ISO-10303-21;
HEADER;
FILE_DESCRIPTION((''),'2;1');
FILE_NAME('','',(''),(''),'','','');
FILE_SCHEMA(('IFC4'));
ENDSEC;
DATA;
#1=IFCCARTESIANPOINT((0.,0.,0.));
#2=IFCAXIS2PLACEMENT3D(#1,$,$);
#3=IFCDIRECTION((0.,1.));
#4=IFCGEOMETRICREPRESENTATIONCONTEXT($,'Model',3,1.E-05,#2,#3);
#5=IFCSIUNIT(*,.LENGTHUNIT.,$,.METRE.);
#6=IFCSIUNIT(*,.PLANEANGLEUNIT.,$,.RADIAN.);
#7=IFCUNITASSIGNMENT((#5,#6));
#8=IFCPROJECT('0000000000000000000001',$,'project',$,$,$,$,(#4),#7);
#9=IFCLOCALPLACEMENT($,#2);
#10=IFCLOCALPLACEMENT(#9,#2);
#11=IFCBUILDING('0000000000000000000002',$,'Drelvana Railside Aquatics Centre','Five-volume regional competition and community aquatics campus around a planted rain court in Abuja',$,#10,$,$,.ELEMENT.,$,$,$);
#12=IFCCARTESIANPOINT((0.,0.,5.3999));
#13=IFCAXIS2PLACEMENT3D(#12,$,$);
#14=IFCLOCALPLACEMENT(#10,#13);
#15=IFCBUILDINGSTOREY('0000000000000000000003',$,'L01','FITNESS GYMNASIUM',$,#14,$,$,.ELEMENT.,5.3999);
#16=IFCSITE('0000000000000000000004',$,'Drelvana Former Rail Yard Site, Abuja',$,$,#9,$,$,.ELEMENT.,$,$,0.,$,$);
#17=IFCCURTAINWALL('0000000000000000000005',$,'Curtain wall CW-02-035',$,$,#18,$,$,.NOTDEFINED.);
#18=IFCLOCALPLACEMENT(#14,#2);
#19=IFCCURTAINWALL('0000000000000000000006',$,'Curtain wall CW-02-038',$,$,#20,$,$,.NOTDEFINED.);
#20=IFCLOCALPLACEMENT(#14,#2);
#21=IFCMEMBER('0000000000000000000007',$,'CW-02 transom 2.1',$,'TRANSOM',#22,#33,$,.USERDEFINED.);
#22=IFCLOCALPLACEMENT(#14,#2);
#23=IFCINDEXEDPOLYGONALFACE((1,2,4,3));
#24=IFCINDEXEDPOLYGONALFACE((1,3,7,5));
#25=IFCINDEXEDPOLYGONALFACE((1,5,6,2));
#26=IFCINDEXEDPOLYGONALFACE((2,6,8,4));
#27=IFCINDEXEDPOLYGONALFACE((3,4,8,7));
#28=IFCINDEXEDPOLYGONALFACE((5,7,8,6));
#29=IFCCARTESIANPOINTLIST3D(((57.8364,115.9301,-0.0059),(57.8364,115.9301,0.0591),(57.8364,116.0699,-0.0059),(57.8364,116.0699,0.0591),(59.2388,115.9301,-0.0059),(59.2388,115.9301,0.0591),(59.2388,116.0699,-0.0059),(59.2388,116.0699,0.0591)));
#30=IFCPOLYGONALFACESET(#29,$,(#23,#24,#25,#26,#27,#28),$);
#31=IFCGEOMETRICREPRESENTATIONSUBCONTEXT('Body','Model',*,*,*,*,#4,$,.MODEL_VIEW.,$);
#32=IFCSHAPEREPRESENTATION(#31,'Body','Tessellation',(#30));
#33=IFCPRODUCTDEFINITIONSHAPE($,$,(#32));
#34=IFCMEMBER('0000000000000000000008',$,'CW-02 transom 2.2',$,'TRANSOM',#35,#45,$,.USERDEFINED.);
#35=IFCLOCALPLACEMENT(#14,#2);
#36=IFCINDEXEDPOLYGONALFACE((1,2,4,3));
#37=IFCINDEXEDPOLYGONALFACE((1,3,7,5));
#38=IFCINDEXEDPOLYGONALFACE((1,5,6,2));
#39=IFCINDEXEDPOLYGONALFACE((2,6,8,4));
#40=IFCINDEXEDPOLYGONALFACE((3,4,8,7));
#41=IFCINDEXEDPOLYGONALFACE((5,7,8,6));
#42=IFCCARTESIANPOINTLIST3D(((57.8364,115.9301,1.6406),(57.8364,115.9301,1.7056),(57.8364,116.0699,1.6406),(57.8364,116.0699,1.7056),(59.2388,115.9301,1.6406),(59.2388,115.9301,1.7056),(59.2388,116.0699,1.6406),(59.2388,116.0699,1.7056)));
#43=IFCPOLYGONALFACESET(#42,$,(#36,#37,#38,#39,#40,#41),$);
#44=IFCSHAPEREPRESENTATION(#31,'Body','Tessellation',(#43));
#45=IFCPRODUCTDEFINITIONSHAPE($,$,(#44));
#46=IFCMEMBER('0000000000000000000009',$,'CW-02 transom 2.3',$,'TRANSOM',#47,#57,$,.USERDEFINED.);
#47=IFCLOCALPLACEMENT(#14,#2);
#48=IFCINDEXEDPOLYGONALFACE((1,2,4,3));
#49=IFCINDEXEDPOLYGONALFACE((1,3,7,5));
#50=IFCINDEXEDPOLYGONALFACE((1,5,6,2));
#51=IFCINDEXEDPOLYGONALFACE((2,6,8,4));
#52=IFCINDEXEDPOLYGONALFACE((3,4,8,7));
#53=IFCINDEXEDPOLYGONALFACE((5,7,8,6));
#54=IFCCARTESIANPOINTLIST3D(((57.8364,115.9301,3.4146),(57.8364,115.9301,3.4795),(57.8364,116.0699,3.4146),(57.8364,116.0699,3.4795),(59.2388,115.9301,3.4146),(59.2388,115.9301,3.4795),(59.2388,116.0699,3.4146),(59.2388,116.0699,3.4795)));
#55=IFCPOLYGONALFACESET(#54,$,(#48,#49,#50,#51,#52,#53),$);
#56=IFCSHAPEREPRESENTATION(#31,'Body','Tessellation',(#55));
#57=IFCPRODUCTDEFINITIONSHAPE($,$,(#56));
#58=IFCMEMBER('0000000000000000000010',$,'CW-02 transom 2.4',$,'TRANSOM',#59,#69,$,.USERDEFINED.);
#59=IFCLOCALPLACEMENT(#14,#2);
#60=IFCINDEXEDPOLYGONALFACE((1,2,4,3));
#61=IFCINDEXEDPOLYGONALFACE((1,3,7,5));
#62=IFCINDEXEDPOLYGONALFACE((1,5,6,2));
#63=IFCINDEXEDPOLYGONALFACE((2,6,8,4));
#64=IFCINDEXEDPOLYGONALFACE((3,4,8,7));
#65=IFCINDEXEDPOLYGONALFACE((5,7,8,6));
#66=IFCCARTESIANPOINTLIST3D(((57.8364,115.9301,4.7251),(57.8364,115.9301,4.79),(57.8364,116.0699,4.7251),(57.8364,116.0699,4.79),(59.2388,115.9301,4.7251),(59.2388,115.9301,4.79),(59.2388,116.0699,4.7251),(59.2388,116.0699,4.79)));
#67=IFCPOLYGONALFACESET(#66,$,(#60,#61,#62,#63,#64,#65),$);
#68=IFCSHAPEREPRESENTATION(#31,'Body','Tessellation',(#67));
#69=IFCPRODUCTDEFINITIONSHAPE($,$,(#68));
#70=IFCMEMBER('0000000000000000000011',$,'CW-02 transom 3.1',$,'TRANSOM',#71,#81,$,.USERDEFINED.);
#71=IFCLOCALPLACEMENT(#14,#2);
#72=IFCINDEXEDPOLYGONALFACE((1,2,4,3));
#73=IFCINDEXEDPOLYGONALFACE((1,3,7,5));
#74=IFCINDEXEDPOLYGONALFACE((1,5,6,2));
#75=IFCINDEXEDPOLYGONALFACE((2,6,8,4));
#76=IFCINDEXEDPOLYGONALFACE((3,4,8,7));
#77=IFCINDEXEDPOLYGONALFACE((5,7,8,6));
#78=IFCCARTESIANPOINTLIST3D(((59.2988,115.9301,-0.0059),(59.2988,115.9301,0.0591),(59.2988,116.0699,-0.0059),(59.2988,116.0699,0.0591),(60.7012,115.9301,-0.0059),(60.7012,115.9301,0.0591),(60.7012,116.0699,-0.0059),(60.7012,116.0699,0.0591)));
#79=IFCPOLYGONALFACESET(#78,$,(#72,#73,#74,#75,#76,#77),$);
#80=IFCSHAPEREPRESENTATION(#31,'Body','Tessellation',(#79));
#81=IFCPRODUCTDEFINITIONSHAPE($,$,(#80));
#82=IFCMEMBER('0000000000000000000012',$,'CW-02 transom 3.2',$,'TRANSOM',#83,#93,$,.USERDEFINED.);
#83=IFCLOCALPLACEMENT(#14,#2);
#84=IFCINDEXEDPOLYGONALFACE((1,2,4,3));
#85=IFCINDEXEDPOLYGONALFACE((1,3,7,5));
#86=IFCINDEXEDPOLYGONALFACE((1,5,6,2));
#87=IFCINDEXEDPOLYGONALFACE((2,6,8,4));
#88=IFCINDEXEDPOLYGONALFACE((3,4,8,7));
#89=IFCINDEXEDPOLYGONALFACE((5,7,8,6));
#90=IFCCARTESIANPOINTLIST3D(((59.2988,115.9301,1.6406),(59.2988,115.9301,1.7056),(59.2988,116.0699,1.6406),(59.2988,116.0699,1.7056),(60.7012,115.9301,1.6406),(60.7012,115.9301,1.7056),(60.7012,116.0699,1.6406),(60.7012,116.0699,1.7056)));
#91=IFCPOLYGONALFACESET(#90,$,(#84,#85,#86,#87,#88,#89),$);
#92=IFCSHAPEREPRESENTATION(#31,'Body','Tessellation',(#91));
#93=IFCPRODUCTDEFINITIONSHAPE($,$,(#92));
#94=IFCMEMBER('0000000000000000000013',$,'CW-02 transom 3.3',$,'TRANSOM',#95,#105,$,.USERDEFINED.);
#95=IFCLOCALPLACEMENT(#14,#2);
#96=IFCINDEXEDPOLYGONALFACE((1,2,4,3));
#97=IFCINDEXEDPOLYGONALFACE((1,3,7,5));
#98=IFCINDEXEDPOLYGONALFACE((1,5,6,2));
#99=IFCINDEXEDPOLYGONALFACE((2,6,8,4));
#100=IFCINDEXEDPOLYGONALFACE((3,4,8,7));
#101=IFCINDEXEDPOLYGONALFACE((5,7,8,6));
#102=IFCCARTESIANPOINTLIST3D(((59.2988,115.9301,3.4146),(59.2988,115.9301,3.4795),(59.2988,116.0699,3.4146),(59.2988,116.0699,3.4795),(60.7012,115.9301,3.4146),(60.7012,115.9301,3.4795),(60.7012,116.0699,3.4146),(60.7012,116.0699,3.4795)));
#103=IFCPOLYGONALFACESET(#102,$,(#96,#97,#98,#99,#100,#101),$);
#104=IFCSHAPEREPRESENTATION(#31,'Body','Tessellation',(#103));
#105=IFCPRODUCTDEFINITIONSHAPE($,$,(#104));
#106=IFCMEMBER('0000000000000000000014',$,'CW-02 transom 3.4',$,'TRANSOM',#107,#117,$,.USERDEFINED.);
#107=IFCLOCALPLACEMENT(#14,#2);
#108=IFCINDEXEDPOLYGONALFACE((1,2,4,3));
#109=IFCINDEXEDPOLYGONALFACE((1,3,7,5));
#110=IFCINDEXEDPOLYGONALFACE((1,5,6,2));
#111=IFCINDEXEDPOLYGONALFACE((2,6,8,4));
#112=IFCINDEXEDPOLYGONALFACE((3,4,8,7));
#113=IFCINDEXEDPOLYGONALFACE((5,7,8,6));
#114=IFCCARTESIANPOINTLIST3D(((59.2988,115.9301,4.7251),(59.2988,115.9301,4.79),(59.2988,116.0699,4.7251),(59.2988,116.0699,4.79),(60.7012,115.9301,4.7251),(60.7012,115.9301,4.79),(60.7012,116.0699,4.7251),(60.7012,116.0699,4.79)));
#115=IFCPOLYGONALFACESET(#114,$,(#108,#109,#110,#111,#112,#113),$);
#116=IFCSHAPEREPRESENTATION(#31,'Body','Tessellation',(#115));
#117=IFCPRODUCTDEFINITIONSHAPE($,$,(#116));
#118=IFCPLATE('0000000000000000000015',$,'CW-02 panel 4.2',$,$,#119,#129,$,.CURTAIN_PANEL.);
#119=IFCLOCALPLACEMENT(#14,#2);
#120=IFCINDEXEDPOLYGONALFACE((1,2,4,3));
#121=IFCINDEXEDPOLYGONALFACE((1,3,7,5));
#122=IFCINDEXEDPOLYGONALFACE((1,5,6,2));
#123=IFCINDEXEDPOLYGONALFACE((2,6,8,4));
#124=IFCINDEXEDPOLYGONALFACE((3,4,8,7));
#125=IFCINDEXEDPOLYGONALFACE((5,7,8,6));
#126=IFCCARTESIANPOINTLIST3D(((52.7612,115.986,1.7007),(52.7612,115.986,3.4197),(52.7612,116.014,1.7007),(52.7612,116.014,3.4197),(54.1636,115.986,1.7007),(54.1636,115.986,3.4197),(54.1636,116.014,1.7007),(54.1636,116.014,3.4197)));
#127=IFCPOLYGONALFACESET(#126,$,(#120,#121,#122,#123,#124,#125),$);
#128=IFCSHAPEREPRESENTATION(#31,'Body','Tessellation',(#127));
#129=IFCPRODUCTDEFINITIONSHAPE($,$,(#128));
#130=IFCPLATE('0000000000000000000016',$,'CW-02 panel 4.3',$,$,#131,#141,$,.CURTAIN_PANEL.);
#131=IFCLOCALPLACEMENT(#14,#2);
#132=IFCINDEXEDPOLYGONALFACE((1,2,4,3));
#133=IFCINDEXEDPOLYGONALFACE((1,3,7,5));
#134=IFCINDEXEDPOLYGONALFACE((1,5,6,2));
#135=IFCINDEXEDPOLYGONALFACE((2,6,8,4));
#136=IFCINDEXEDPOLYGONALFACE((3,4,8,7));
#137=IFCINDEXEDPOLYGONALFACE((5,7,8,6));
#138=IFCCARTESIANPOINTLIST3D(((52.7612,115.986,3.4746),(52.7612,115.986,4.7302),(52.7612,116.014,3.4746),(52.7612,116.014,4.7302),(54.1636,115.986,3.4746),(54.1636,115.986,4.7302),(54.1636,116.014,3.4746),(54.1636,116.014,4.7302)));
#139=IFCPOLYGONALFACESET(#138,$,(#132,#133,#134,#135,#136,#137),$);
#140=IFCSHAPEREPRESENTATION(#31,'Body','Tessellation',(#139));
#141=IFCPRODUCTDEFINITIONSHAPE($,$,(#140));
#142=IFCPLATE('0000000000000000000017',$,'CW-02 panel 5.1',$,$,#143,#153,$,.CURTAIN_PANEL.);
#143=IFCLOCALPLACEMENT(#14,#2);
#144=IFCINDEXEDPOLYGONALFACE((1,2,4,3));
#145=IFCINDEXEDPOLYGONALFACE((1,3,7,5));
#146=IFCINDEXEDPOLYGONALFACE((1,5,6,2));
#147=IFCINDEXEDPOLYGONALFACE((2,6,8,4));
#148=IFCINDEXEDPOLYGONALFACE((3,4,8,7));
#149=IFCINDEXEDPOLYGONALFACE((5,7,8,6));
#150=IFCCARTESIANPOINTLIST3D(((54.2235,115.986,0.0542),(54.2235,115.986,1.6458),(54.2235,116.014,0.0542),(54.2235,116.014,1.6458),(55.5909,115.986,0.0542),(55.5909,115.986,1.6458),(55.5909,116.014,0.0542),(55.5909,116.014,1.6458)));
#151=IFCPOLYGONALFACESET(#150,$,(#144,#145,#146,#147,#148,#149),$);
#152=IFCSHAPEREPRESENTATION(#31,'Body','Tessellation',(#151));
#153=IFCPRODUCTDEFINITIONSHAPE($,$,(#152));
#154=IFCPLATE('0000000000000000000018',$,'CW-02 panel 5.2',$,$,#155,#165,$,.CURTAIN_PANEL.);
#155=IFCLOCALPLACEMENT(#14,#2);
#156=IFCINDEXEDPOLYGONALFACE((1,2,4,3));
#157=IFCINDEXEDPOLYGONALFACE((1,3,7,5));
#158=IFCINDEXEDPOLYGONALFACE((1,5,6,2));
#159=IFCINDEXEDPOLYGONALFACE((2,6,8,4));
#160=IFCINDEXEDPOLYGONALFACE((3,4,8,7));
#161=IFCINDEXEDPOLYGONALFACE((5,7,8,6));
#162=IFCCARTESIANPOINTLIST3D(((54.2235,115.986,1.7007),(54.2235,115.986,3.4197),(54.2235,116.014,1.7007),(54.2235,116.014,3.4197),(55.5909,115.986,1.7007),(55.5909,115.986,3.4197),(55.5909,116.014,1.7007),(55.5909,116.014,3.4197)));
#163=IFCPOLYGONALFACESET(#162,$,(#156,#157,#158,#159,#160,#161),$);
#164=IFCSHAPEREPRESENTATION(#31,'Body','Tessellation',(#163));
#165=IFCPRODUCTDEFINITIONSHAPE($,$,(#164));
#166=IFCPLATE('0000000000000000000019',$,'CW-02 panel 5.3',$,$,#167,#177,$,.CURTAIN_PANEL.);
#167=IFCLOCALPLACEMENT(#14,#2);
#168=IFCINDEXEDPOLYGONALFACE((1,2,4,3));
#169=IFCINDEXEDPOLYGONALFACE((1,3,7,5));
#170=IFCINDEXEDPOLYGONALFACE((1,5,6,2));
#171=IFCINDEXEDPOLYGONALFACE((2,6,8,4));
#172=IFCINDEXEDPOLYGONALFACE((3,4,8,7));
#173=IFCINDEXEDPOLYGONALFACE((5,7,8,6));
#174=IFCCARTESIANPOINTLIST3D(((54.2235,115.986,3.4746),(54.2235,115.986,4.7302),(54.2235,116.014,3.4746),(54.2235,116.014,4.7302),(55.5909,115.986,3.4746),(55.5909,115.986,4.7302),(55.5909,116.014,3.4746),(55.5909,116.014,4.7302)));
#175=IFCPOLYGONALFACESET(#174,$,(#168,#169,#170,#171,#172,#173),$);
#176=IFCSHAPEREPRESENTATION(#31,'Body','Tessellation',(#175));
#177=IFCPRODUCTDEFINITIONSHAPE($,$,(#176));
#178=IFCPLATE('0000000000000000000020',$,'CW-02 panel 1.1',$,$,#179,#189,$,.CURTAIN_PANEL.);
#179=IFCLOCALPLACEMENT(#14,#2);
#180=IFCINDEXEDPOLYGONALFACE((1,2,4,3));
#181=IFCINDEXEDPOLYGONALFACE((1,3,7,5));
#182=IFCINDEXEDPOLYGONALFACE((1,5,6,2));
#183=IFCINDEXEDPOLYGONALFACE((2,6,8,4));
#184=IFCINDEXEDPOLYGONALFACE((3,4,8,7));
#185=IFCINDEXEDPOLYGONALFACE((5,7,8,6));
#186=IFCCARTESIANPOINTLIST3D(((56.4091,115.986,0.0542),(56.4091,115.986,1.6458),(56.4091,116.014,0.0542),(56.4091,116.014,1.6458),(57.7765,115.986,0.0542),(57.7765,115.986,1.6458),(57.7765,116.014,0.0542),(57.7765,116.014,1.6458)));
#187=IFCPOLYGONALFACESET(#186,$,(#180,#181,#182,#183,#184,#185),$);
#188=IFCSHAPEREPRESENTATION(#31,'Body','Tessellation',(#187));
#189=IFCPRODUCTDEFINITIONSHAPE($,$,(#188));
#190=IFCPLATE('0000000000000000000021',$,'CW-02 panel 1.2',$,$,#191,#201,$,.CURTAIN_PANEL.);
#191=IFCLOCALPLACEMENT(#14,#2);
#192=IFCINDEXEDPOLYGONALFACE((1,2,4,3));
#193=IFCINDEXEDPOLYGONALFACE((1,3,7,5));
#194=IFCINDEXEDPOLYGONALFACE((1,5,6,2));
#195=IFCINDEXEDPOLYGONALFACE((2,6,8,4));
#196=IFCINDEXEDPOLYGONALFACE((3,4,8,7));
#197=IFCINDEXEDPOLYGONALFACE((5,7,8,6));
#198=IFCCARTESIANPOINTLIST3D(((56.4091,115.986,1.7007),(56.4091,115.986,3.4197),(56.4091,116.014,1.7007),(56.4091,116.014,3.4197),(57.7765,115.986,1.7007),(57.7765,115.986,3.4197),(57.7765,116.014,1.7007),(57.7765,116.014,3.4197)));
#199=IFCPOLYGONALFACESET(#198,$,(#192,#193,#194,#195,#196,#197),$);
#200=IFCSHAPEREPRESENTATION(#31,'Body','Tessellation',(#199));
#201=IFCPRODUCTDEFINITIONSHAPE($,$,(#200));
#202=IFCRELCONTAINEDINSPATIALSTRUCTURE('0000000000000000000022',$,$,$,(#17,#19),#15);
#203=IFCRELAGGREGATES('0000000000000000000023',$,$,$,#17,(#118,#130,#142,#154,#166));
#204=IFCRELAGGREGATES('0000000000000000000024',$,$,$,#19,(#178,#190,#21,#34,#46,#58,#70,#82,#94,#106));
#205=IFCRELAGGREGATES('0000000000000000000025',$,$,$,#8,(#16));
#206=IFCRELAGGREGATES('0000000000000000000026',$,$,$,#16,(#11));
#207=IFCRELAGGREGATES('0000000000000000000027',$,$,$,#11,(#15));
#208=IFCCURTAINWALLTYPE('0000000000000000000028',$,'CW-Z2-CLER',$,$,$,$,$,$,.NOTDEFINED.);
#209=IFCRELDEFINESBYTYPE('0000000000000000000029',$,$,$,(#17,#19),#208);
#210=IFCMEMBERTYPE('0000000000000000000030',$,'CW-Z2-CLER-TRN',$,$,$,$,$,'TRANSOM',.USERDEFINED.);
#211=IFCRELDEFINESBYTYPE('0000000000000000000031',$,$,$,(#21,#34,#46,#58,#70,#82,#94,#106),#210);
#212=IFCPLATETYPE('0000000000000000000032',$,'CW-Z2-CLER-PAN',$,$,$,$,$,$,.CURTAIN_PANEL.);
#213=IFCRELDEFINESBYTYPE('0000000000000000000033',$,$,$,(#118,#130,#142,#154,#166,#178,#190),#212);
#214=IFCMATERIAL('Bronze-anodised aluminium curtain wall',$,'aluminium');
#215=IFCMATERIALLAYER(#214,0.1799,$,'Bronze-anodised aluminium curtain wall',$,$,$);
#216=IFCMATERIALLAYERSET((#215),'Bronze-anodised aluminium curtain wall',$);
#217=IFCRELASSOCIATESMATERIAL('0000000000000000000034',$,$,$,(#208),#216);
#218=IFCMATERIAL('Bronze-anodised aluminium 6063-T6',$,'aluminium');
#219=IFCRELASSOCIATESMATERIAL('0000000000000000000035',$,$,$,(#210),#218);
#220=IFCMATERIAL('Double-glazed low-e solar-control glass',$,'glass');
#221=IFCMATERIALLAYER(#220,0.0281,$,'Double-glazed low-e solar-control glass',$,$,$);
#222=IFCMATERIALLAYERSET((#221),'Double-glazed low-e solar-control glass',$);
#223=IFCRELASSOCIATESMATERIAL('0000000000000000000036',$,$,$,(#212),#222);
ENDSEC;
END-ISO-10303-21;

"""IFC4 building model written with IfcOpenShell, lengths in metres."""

from ifc_helpers import new_model, si_unit, direction, frame, origin, origin_2d, place, context, subcontext, project, spatial, rectangle, extrude, material, layer, layer_set, material_profile, profile_set, type_object, element, aggregate, save


model = new_model("IFC4")

# Units and contexts
model_context = context("Model", 3, precision=1e-05, world=origin(), true_north=direction((0.0, 1.0)))
body_context = subcontext(model_context, "Body", "Model", "MODEL_VIEW")
ifc_project = project(units=[si_unit("LENGTHUNIT", "METRE"), si_unit("PLANEANGLEUNIT", "RADIAN")], contexts=[model_context])

# Site, building, storey
site_placement = place(None, origin())
site = spatial("IfcSite", under=ifc_project, at=site_placement, Name="Drelvana Former Rail Yard Site, Abuja", CompositionType="ELEMENT", RefElevation=0.0)
building_placement = place(site_placement, origin())
building = spatial("IfcBuilding", under=site, at=building_placement, Name="Drelvana Railside Aquatics Centre", Description="Five-volume regional competition and community aquatics campus around a planted rain court in Abuja", CompositionType="ELEMENT")
storey_placement = place(building_placement, frame((0.0, 0.0, 5.3999)))
storey = spatial("IfcBuildingStorey", under=building, at=storey_placement, Name="L01", Description="FITNESS GYMNASIUM", CompositionType="ELEMENT", Elevation=5.3999)

# Curtain walls
ifc_material_1 = material(Name="Bronze-anodised aluminium curtain wall", Category="aluminium")
ifc_layer_1 = layer(ifc_material_1, 0.1799, Name="Bronze-anodised aluminium curtain wall")
ifc_layer_set_1 = layer_set([ifc_layer_1], Name="Bronze-anodised aluminium curtain wall")
curtain_wall_type = type_object("IfcCurtainWallType", Name="CW-Z2-CLER", PredefinedType="NOTDEFINED", material=ifc_layer_set_1)
curtain_wall_1_placement = place(storey_placement, origin())
curtain_wall_1 = element("IfcCurtainWall", 1, at=curtain_wall_1_placement, inside=storey, type_object=curtain_wall_type, Name="Curtain wall CW-02-035", PredefinedType="NOTDEFINED")
ifc_material_2 = material(Name="Bronze-anodised aluminium 6063-T6", Category="aluminium")
curtain_wall_2_placement = place(storey_placement, origin())
curtain_wall_2 = element("IfcCurtainWall", 2, at=curtain_wall_2_placement, inside=storey, type_object=curtain_wall_type, Name="Curtain wall CW-02-038", PredefinedType="NOTDEFINED")

# Members
ifc_material_profile_1 = material_profile(ifc_material_2, rectangle(XDim=0.1399, YDim=0.0649, at=origin_2d()), Name="ALU-T 65x140")
ifc_profile_set_1 = profile_set([ifc_material_profile_1], Name="Bronze-anodised aluminium 6063-T6")
member_type_1 = type_object("IfcMemberType", Name="CW-Z2-CLER-TRN", ElementType="TRANSOM", PredefinedType="USERDEFINED", material=ifc_profile_set_1)
member_1_placement = place(storey_placement, frame((57.8364, 116.0, 0.0266), z_axis=(1.0, 0.0, 0.0), x_axis=(0.0, 1.0, 0.0)))
member_1 = element("IfcMember", 3, at=member_1_placement, type_object=member_type_1, Name="CW-02 transom 2.1", ObjectType="TRANSOM", PredefinedType="USERDEFINED", context=body_context, shape_type="SweptSolid", body=[
    extrude(rectangle(XDim=0.1399, YDim=0.0649, at=origin_2d()), origin(), (0.0, 0.0, 1.0), 1.4023),
])
member_2_placement = place(storey_placement, frame((57.8364, 116.0, 1.6731), z_axis=(1.0, 0.0, 0.0), x_axis=(0.0, 1.0, 0.0)))
member_2 = element("IfcMember", 4, at=member_2_placement, type_object=member_type_1, Name="CW-02 transom 2.2", ObjectType="TRANSOM", PredefinedType="USERDEFINED", context=body_context, shape_type="SweptSolid", body=[
    extrude(rectangle(XDim=0.1399, YDim=0.0649, at=origin_2d()), origin(), (0.0, 0.0, 1.0), 1.4023),
])
member_3_placement = place(storey_placement, frame((57.8364, 116.0, 3.447), z_axis=(1.0, 0.0, 0.0), x_axis=(0.0, 1.0, 0.0)))
member_3 = element("IfcMember", 5, at=member_3_placement, type_object=member_type_1, Name="CW-02 transom 2.3", ObjectType="TRANSOM", PredefinedType="USERDEFINED", context=body_context, shape_type="SweptSolid", body=[
    extrude(rectangle(XDim=0.1399, YDim=0.0649, at=origin_2d()), origin(), (0.0, 0.0, 1.0), 1.4023),
])
member_4_placement = place(storey_placement, frame((57.8364, 116.0, 4.7576), z_axis=(1.0, 0.0, 0.0), x_axis=(0.0, 1.0, 0.0)))
member_4 = element("IfcMember", 6, at=member_4_placement, type_object=member_type_1, Name="CW-02 transom 2.4", ObjectType="TRANSOM", PredefinedType="USERDEFINED", context=body_context, shape_type="SweptSolid", body=[
    extrude(rectangle(XDim=0.1399, YDim=0.0649, at=origin_2d()), origin(), (0.0, 0.0, 1.0), 1.4023),
])
member_5_placement = place(storey_placement, frame((59.2988, 116.0, 0.0266), z_axis=(1.0, 0.0, 0.0), x_axis=(0.0, 1.0, 0.0)))
member_5 = element("IfcMember", 7, at=member_5_placement, type_object=member_type_1, Name="CW-02 transom 3.1", ObjectType="TRANSOM", PredefinedType="USERDEFINED", context=body_context, shape_type="SweptSolid", body=[
    extrude(rectangle(XDim=0.1399, YDim=0.0649, at=origin_2d()), origin(), (0.0, 0.0, 1.0), 1.4023),
])
member_6_placement = place(storey_placement, frame((59.2988, 116.0, 1.6731), z_axis=(1.0, 0.0, 0.0), x_axis=(0.0, 1.0, 0.0)))
member_6 = element("IfcMember", 8, at=member_6_placement, type_object=member_type_1, Name="CW-02 transom 3.2", ObjectType="TRANSOM", PredefinedType="USERDEFINED", context=body_context, shape_type="SweptSolid", body=[
    extrude(rectangle(XDim=0.1399, YDim=0.0649, at=origin_2d()), origin(), (0.0, 0.0, 1.0), 1.4023),
])
member_7_placement = place(storey_placement, frame((59.2988, 116.0, 3.447), z_axis=(1.0, 0.0, 0.0), x_axis=(0.0, 1.0, 0.0)))
member_7 = element("IfcMember", 9, at=member_7_placement, type_object=member_type_1, Name="CW-02 transom 3.3", ObjectType="TRANSOM", PredefinedType="USERDEFINED", context=body_context, shape_type="SweptSolid", body=[
    extrude(rectangle(XDim=0.1399, YDim=0.0649, at=origin_2d()), origin(), (0.0, 0.0, 1.0), 1.4023),
])
member_8_placement = place(storey_placement, frame((59.2988, 116.0, 4.7576), z_axis=(1.0, 0.0, 0.0), x_axis=(0.0, 1.0, 0.0)))
member_8 = element("IfcMember", 10, at=member_8_placement, type_object=member_type_1, Name="CW-02 transom 3.4", ObjectType="TRANSOM", PredefinedType="USERDEFINED", context=body_context, shape_type="SweptSolid", body=[
    extrude(rectangle(XDim=0.1399, YDim=0.0649, at=origin_2d()), origin(), (0.0, 0.0, 1.0), 1.4023),
])

# Plates
ifc_material_3 = material(Name="Double-glazed low-e solar-control glass", Category="glass")
ifc_layer_2 = layer(ifc_material_3, 0.0281, Name="Double-glazed low-e solar-control glass")
ifc_layer_set_2 = layer_set([ifc_layer_2], Name="Double-glazed low-e solar-control glass")
plate_type = type_object("IfcPlateType", Name="CW-Z2-CLER-PAN", PredefinedType="CURTAIN_PANEL", material=ifc_layer_set_2)
plate_1_placement = place(storey_placement, frame((53.4624, 116.0, 1.7007), z_axis=(0.0, 0.0, 1.0), x_axis=(1.0, 0.0, 0.0)))
plate_1 = element("IfcPlate", 11, at=plate_1_placement, type_object=plate_type, Name="CW-02 panel 4.2", PredefinedType="CURTAIN_PANEL", context=body_context, shape_type="SweptSolid", body=[
    extrude(rectangle(XDim=1.4023, YDim=0.0281, at=origin_2d()), origin(), (0.0, 0.0, 1.0), 1.719),
])
plate_2_placement = place(storey_placement, frame((53.4624, 116.0, 3.4746), z_axis=(0.0, 0.0, 1.0), x_axis=(1.0, 0.0, 0.0)))
plate_2 = element("IfcPlate", 12, at=plate_2_placement, type_object=plate_type, Name="CW-02 panel 4.3", PredefinedType="CURTAIN_PANEL", context=body_context, shape_type="SweptSolid", body=[
    extrude(rectangle(XDim=1.4023, YDim=0.0281, at=origin_2d()), origin(), (0.0, 0.0, 1.0), 1.2556),
])
plate_3_placement = place(storey_placement, frame((54.9072, 116.0, 0.0542), z_axis=(0.0, 0.0, 1.0), x_axis=(1.0, 0.0, 0.0)))
plate_3 = element("IfcPlate", 13, at=plate_3_placement, type_object=plate_type, Name="CW-02 panel 5.1", PredefinedType="CURTAIN_PANEL", context=body_context, shape_type="SweptSolid", body=[
    extrude(rectangle(XDim=1.3674, YDim=0.0281, at=origin_2d()), origin(), (0.0, 0.0, 1.0), 1.5916),
])
plate_4_placement = place(storey_placement, frame((54.9072, 116.0, 1.7007), z_axis=(0.0, 0.0, 1.0), x_axis=(1.0, 0.0, 0.0)))
plate_4 = element("IfcPlate", 14, at=plate_4_placement, type_object=plate_type, Name="CW-02 panel 5.2", PredefinedType="CURTAIN_PANEL", context=body_context, shape_type="SweptSolid", body=[
    extrude(rectangle(XDim=1.3674, YDim=0.0281, at=origin_2d()), origin(), (0.0, 0.0, 1.0), 1.719),
])
plate_5_placement = place(storey_placement, frame((54.9072, 116.0, 3.4746), z_axis=(0.0, 0.0, 1.0), x_axis=(1.0, 0.0, 0.0)))
plate_5 = element("IfcPlate", 15, at=plate_5_placement, type_object=plate_type, Name="CW-02 panel 5.3", PredefinedType="CURTAIN_PANEL", context=body_context, shape_type="SweptSolid", body=[
    extrude(rectangle(XDim=1.3674, YDim=0.0281, at=origin_2d()), origin(), (0.0, 0.0, 1.0), 1.2556),
])
aggregate(curtain_wall_1, [plate_1, plate_2, plate_3, plate_4, plate_5])
plate_6_placement = place(storey_placement, frame((57.0928, 116.0, 0.0542), z_axis=(0.0, 0.0, 1.0), x_axis=(1.0, 0.0, 0.0)))
plate_6 = element("IfcPlate", 16, at=plate_6_placement, type_object=plate_type, Name="CW-02 panel 1.1", PredefinedType="CURTAIN_PANEL", context=body_context, shape_type="SweptSolid", body=[
    extrude(rectangle(XDim=1.3674, YDim=0.0281, at=origin_2d()), origin(), (0.0, 0.0, 1.0), 1.5916),
])
plate_7_placement = place(storey_placement, frame((57.0928, 116.0, 1.7007), z_axis=(0.0, 0.0, 1.0), x_axis=(1.0, 0.0, 0.0)))
plate_7 = element("IfcPlate", 17, at=plate_7_placement, type_object=plate_type, Name="CW-02 panel 1.2", PredefinedType="CURTAIN_PANEL", context=body_context, shape_type="SweptSolid", body=[
    extrude(rectangle(XDim=1.3674, YDim=0.0281, at=origin_2d()), origin(), (0.0, 0.0, 1.0), 1.719),
])
aggregate(curtain_wall_2, [plate_6, plate_7, member_1, member_2, member_3, member_4, member_5, member_6, member_7, member_8])

save(model, "model.ifc")
